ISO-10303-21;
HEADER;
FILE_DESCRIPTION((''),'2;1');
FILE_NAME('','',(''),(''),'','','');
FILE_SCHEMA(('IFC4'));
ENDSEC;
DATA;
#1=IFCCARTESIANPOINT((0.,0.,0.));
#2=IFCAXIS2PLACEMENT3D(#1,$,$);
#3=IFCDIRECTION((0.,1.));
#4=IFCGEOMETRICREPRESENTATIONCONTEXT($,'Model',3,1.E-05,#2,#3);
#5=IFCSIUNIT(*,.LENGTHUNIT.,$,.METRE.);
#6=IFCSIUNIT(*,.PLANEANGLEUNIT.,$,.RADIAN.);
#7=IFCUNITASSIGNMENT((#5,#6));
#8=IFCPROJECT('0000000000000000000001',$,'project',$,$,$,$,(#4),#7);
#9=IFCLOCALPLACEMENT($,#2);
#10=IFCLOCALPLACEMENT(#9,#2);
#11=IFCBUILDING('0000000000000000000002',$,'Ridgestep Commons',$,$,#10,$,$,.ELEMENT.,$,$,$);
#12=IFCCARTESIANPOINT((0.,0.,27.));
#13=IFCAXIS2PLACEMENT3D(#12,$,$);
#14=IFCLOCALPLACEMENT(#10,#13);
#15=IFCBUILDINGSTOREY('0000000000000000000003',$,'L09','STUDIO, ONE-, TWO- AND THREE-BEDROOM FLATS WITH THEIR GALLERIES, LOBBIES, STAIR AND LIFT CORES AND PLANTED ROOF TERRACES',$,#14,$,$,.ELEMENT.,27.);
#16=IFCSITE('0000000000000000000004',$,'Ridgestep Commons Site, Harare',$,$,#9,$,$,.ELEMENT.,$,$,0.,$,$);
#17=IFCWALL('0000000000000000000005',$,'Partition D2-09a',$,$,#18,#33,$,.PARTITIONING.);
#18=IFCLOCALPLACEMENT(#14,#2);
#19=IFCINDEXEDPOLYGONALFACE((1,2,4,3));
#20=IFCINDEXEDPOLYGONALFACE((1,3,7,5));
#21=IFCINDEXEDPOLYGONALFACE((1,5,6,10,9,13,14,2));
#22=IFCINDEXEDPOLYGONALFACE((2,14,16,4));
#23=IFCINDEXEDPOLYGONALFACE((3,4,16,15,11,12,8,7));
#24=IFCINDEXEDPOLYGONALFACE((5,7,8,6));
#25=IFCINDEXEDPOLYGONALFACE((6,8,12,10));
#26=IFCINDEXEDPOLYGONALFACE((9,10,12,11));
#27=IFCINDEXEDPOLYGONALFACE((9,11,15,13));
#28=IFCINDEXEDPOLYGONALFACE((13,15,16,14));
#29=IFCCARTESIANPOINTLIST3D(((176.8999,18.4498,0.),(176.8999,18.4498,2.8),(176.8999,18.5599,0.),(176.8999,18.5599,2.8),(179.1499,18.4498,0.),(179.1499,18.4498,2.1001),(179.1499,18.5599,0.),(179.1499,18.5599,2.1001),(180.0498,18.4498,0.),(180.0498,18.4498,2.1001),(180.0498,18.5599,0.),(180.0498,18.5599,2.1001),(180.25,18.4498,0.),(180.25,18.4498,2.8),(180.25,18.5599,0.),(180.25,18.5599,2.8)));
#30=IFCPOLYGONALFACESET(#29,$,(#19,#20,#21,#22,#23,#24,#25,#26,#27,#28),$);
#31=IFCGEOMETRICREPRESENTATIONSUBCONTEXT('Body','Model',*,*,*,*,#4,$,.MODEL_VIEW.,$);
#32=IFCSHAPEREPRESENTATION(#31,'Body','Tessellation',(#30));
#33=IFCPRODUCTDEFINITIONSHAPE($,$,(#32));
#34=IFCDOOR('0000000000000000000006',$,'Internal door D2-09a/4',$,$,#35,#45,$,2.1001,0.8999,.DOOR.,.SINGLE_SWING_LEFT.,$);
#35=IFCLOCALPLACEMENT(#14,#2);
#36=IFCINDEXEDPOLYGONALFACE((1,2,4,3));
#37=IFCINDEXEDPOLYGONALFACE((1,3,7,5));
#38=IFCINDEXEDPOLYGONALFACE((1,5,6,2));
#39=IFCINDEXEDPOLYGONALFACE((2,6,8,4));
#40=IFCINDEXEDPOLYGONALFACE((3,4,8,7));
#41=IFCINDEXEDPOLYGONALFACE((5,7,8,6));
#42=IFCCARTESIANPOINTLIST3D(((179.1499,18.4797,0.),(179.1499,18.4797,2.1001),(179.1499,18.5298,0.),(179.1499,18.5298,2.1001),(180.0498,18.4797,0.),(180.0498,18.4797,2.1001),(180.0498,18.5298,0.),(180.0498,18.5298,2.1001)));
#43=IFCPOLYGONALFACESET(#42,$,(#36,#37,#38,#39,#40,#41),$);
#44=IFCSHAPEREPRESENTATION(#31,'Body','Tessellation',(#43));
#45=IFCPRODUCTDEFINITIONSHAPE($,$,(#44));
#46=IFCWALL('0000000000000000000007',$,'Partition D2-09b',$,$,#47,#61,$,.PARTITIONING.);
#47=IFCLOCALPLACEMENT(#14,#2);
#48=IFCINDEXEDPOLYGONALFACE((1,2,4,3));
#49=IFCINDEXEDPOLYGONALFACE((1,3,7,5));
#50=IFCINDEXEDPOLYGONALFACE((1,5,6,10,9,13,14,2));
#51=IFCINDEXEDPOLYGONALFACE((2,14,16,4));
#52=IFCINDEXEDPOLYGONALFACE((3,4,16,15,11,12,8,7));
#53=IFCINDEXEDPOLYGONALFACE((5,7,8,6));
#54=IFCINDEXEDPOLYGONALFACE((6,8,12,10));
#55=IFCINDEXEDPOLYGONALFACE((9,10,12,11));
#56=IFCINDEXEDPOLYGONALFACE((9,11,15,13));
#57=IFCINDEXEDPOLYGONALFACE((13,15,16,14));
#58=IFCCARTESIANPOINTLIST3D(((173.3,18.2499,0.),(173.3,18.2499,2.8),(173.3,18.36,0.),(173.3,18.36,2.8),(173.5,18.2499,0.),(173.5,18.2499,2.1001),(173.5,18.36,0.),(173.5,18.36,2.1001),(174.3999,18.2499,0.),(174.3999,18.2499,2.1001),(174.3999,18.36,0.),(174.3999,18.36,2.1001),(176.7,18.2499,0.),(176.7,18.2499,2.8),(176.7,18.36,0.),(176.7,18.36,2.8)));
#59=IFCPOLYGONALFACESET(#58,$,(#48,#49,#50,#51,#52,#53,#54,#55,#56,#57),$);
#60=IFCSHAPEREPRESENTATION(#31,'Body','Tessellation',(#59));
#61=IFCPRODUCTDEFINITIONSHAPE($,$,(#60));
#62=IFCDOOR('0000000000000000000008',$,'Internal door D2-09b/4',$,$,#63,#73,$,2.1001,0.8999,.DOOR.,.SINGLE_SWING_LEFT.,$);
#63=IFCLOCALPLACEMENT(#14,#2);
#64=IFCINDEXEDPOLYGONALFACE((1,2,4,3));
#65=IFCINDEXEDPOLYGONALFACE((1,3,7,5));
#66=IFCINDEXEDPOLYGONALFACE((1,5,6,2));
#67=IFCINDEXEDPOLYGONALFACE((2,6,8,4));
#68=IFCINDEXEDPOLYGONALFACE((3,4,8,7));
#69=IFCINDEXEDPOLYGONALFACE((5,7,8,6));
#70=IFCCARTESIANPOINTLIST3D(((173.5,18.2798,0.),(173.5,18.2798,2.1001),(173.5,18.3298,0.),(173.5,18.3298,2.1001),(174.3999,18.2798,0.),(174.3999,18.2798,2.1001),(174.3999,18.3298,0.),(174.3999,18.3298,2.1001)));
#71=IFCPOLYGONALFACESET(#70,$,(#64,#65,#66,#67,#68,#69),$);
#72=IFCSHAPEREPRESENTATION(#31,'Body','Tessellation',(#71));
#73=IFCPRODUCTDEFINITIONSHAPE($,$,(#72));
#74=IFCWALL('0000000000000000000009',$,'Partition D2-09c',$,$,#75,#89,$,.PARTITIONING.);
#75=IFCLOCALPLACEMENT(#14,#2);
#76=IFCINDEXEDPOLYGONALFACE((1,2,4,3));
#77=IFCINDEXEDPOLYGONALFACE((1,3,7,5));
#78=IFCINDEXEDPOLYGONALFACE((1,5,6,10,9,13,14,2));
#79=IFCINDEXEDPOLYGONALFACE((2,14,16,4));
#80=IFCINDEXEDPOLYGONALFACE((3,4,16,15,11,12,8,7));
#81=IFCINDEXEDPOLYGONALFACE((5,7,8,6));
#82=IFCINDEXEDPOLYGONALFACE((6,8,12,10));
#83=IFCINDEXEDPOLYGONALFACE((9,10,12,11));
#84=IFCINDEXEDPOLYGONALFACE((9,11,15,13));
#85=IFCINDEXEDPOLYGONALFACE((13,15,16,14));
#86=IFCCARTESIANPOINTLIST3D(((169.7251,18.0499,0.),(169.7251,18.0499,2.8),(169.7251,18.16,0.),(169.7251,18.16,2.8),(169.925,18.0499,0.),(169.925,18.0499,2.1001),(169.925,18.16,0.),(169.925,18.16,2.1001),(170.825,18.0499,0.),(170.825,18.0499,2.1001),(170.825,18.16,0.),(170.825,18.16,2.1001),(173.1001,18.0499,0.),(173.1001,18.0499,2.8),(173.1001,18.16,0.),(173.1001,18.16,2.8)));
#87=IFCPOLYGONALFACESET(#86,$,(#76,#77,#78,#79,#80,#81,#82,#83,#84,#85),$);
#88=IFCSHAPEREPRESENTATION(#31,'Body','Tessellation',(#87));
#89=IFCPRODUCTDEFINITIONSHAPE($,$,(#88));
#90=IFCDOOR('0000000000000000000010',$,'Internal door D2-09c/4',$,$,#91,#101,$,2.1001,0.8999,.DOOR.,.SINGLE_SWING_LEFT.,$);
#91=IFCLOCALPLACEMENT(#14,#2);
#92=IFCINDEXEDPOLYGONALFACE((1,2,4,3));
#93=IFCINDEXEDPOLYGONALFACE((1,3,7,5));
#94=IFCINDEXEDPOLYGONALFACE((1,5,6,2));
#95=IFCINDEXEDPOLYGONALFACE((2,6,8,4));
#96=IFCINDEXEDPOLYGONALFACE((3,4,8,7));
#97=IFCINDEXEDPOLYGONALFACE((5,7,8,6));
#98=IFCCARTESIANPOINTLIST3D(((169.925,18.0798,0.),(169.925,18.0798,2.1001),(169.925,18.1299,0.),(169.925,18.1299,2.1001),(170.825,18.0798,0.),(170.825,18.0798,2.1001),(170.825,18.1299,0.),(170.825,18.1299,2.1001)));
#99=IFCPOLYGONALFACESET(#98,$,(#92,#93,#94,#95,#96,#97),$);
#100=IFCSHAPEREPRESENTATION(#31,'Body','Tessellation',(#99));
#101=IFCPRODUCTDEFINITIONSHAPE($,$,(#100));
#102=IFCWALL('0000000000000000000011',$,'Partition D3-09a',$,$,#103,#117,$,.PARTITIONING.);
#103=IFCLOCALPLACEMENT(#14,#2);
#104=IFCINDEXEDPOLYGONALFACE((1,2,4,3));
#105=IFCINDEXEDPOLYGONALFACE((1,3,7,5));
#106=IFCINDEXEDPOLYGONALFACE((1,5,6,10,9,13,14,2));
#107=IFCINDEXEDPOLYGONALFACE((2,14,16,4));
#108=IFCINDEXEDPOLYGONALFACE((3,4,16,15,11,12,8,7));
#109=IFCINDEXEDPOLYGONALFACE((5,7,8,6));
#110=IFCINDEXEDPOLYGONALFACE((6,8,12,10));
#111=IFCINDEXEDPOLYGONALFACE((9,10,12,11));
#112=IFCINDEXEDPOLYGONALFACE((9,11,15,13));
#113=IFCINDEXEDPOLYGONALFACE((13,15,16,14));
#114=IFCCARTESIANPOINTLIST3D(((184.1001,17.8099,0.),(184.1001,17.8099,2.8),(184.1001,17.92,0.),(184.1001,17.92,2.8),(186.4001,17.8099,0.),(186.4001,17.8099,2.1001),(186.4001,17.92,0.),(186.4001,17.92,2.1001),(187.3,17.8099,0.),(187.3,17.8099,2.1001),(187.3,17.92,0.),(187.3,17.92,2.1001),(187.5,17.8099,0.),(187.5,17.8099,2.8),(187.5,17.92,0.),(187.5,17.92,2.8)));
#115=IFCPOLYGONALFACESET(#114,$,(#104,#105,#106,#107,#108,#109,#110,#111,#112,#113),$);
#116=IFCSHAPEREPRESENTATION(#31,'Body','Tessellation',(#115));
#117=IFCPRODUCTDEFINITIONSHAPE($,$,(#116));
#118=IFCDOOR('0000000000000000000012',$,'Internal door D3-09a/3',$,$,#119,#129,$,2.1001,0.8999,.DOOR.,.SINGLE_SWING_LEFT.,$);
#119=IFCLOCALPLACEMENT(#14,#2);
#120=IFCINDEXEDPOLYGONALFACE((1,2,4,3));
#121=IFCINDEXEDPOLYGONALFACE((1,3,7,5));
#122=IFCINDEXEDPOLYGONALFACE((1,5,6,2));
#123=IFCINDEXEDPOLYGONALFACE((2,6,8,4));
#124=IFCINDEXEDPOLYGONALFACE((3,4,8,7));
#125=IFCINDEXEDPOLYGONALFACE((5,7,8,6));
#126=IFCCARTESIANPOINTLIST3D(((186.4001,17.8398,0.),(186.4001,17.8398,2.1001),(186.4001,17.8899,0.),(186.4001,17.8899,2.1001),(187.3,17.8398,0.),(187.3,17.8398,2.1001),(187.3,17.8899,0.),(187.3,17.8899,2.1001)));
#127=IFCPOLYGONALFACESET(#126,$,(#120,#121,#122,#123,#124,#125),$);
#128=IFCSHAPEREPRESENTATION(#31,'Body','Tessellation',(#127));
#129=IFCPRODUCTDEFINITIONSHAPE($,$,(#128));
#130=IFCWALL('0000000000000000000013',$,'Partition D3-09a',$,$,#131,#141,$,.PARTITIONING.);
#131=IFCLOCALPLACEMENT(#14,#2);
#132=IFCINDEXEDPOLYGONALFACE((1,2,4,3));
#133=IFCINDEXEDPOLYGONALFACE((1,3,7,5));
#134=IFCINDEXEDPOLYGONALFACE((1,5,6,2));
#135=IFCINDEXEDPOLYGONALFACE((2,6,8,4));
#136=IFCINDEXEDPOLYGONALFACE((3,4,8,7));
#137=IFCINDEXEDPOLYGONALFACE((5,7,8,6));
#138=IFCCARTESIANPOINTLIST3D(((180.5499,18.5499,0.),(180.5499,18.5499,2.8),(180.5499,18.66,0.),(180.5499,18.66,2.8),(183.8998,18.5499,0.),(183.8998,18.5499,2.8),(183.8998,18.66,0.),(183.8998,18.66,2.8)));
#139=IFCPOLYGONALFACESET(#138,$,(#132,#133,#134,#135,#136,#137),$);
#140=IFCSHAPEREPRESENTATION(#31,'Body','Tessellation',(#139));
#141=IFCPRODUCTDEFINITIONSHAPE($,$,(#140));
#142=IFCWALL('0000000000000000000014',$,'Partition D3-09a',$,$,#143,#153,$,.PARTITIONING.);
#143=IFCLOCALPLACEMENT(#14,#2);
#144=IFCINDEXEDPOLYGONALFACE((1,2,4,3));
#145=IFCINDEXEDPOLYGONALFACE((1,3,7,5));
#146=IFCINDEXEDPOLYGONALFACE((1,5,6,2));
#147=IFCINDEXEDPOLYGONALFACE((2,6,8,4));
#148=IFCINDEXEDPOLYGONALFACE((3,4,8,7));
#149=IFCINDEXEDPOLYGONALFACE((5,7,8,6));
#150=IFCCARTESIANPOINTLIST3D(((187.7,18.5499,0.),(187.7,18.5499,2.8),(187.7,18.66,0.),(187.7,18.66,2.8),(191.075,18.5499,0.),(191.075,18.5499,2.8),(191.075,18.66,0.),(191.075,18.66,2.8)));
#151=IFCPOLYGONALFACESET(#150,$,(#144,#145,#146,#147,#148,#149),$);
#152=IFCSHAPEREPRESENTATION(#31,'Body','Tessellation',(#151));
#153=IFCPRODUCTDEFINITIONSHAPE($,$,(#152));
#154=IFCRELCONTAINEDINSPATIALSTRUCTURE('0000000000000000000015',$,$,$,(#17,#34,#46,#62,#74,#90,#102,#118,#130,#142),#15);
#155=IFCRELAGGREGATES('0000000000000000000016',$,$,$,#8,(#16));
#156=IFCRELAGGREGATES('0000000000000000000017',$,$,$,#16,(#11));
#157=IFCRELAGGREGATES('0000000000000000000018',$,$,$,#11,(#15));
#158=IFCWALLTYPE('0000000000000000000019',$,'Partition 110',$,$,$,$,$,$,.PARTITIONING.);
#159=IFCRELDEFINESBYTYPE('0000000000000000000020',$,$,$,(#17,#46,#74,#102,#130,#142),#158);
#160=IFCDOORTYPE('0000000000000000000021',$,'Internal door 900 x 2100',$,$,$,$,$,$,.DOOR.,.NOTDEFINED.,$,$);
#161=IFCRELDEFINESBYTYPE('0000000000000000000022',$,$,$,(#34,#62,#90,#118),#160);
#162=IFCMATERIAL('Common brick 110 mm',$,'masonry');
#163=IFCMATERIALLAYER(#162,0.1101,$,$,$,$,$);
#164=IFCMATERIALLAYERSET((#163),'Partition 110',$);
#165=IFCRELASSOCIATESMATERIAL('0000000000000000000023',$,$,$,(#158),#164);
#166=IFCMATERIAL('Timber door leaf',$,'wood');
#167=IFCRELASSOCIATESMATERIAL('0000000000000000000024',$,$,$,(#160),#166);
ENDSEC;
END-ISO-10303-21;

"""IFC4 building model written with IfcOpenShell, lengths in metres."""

from ifc_helpers import new_model, si_unit, direction, frame, frame_2d, origin, place, context, subcontext, project, spatial, rectangle, extrude, material, layer, layer_set, type_object, element, fill, save


model = new_model("IFC4")

# Units and contexts
model_context = context("Model", 3, precision=1e-05, world=origin(), true_north=direction((0.0, 1.0)))
body_context = subcontext(model_context, "Body", "Model", "MODEL_VIEW")
ifc_project = project(units=[si_unit("LENGTHUNIT", "METRE"), si_unit("PLANEANGLEUNIT", "RADIAN")], contexts=[model_context])

# Site, building, storey
site_placement = place(None, origin())
site = spatial("IfcSite", under=ifc_project, at=site_placement, Name="Ridgestep Commons Site, Harare", CompositionType="ELEMENT", RefElevation=0.0)
building_placement = place(site_placement, origin())
building = spatial("IfcBuilding", under=site, at=building_placement, Name="Ridgestep Commons", CompositionType="ELEMENT")
storey_placement = place(building_placement, frame((0.0, 0.0, 27.0)))
storey = spatial("IfcBuildingStorey", under=building, at=storey_placement, Name="L09", Description="STUDIO, ONE-, TWO- AND THREE-BEDROOM FLATS WITH THEIR GALLERIES, LOBBIES, STAIR AND LIFT CORES AND PLANTED ROOF TERRACES", CompositionType="ELEMENT", Elevation=27.0)

# Walls, openings, doors
ifc_material_1 = material(Name="Common brick 110 mm", Category="masonry")
ifc_layer_1 = layer(ifc_material_1, 0.1101)
ifc_layer_set_1 = layer_set([ifc_layer_1], Name="Partition 110")
wall_type_1 = type_object("IfcWallType", Name="Partition 110", PredefinedType="PARTITIONING", material=ifc_layer_set_1)
wall_1_placement = place(storey_placement, frame((176.8999, 18.5049, 0.0), z_axis=(0.0, 0.0, 1.0), x_axis=(1.0, 0.0, 0.0)))
wall_1 = element("IfcWall", 1, at=wall_1_placement, inside=storey, type_object=wall_type_1, Name="Partition D2-09a", PredefinedType="PARTITIONING", context=body_context, shape_type="SweptSolid", body=[
    extrude(rectangle(XDim=3.3501, YDim=0.1101, at=frame_2d((1.675, 0.0))), origin(), (0.0, 0.0, 1.0), 2.8),
])
opening_1_placement = place(wall_1_placement, frame((2.25, 0.0, 0.0)))
opening_1 = element("IfcOpeningElement", 2, at=opening_1_placement, cuts=wall_1, PredefinedType="OPENING", context=body_context, shape_type="SweptSolid", body=[
    extrude(rectangle(XDim=0.8999, YDim=2.1001, at=frame_2d((0.45, 1.05))), frame((0.0, 0.0649, 0.0), z_axis=(0.0, -1.0, 0.0), x_axis=(1.0, 0.0, 0.0)), (0.0, 0.0, 1.0), 0.1301),
])
ifc_material_2 = material(Name="Timber door leaf", Category="wood")
door_type_1 = type_object("IfcDoorType", Name="Internal door 900 x 2100", OperationType="NOTDEFINED", PredefinedType="DOOR", material=ifc_material_2)
door_1_placement = place(opening_1_placement, origin())
door_1 = element("IfcDoor", 3, at=door_1_placement, inside=storey, type_object=door_type_1, Name="Internal door D2-09a/4", OperationType="SINGLE_SWING_LEFT", OverallHeight=2.1001, OverallWidth=0.8999, PredefinedType="DOOR", context=body_context, shape_type="SweptSolid", body=[
    extrude(rectangle(XDim=0.8999, YDim=2.1001, at=frame_2d((0.45, 1.05))), frame((0.0, 0.0249, 0.0), z_axis=(0.0, -1.0, 0.0), x_axis=(1.0, 0.0, 0.0)), (0.0, 0.0, 1.0), 0.05),
])
fill(opening_1, door_1)
wall_2_placement = place(storey_placement, frame((173.3, 18.3049, 0.0), z_axis=(0.0, 0.0, 1.0), x_axis=(1.0, 0.0, 0.0)))
wall_2 = element("IfcWall", 4, at=wall_2_placement, inside=storey, type_object=wall_type_1, Name="Partition D2-09b", PredefinedType="PARTITIONING", context=body_context, shape_type="SweptSolid", body=[
    extrude(rectangle(XDim=3.3999, YDim=0.1101, at=frame_2d((1.7, 0.0))), origin(), (0.0, 0.0, 1.0), 2.8),
])
opening_2_placement = place(wall_2_placement, frame((0.2, 0.0, 0.0)))
opening_2 = element("IfcOpeningElement", 5, at=opening_2_placement, cuts=wall_2, PredefinedType="OPENING", context=body_context, shape_type="SweptSolid", body=[
    extrude(rectangle(XDim=0.8999, YDim=2.1001, at=frame_2d((0.45, 1.05))), frame((0.0, 0.0649, 0.0), z_axis=(0.0, -1.0, 0.0), x_axis=(1.0, 0.0, 0.0)), (0.0, 0.0, 1.0), 0.1301),
])
door_2_placement = place(opening_2_placement, origin())
door_2 = element("IfcDoor", 6, at=door_2_placement, inside=storey, type_object=door_type_1, Name="Internal door D2-09b/4", OperationType="SINGLE_SWING_LEFT", OverallHeight=2.1001, OverallWidth=0.8999, PredefinedType="DOOR", context=body_context, shape_type="SweptSolid", body=[
    extrude(rectangle(XDim=0.8999, YDim=2.1001, at=frame_2d((0.45, 1.05))), frame((0.0, 0.0249, 0.0), z_axis=(0.0, -1.0, 0.0), x_axis=(1.0, 0.0, 0.0)), (0.0, 0.0, 1.0), 0.05),
])
fill(opening_2, door_2)
wall_3_placement = place(storey_placement, frame((169.7251, 18.105, 0.0), z_axis=(0.0, 0.0, 1.0), x_axis=(1.0, 0.0, 0.0)))
wall_3 = element("IfcWall", 7, at=wall_3_placement, inside=storey, type_object=wall_type_1, Name="Partition D2-09c", PredefinedType="PARTITIONING", context=body_context, shape_type="SweptSolid", body=[
    extrude(rectangle(XDim=3.375, YDim=0.1101, at=frame_2d((1.6875, 0.0))), origin(), (0.0, 0.0, 1.0), 2.8),
])
opening_3_placement = place(wall_3_placement, frame((0.2, 0.0, 0.0)))
opening_3 = element("IfcOpeningElement", 8, at=opening_3_placement, cuts=wall_3, PredefinedType="OPENING", context=body_context, shape_type="SweptSolid", body=[
    extrude(rectangle(XDim=0.8999, YDim=2.1001, at=frame_2d((0.45, 1.05))), frame((0.0, 0.0649, 0.0), z_axis=(0.0, -1.0, 0.0), x_axis=(1.0, 0.0, 0.0)), (0.0, 0.0, 1.0), 0.1301),
])
door_3_placement = place(opening_3_placement, origin())
door_3 = element("IfcDoor", 9, at=door_3_placement, inside=storey, type_object=door_type_1, Name="Internal door D2-09c/4", OperationType="SINGLE_SWING_LEFT", OverallHeight=2.1001, OverallWidth=0.8999, PredefinedType="DOOR", context=body_context, shape_type="SweptSolid", body=[
    extrude(rectangle(XDim=0.8999, YDim=2.1001, at=frame_2d((0.45, 1.05))), frame((0.0, 0.0249, 0.0), z_axis=(0.0, -1.0, 0.0), x_axis=(1.0, 0.0, 0.0)), (0.0, 0.0, 1.0), 0.05),
])
fill(opening_3, door_3)
wall_4_placement = place(storey_placement, frame((184.1001, 17.865, 0.0), z_axis=(0.0, 0.0, 1.0), x_axis=(1.0, 0.0, 0.0)))
wall_4 = element("IfcWall", 10, at=wall_4_placement, inside=storey, type_object=wall_type_1, Name="Partition D3-09a", PredefinedType="PARTITIONING", context=body_context, shape_type="SweptSolid", body=[
    extrude(rectangle(XDim=3.3999, YDim=0.1101, at=frame_2d((1.7, 0.0))), origin(), (0.0, 0.0, 1.0), 2.8),
])
opening_4_placement = place(wall_4_placement, frame((2.3, 0.0, 0.0)))
opening_4 = element("IfcOpeningElement", 11, at=opening_4_placement, cuts=wall_4, PredefinedType="OPENING", context=body_context, shape_type="SweptSolid", body=[
    extrude(rectangle(XDim=0.8999, YDim=2.1001, at=frame_2d((0.45, 1.05))), frame((0.0, 0.0649, 0.0), z_axis=(0.0, -1.0, 0.0), x_axis=(1.0, 0.0, 0.0)), (0.0, 0.0, 1.0), 0.1301),
])
door_4_placement = place(opening_4_placement, origin())
door_4 = element("IfcDoor", 12, at=door_4_placement, inside=storey, type_object=door_type_1, Name="Internal door D3-09a/3", OperationType="SINGLE_SWING_LEFT", OverallHeight=2.1001, OverallWidth=0.8999, PredefinedType="DOOR", context=body_context, shape_type="SweptSolid", body=[
    extrude(rectangle(XDim=0.8999, YDim=2.1001, at=frame_2d((0.45, 1.05))), frame((0.0, 0.0249, 0.0), z_axis=(0.0, -1.0, 0.0), x_axis=(1.0, 0.0, 0.0)), (0.0, 0.0, 1.0), 0.05),
])
fill(opening_4, door_4)

# Walls
wall_5_placement = place(storey_placement, frame((180.55, 18.605, 0.0), z_axis=(0.0, 0.0, 1.0), x_axis=(1.0, 0.0, 0.0)))
element("IfcWall", 13, at=wall_5_placement, inside=storey, type_object=wall_type_1, Name="Partition D3-09a", PredefinedType="PARTITIONING", context=body_context, shape_type="SweptSolid", body=[
    extrude(rectangle(XDim=3.3499, YDim=0.1101, at=frame_2d((1.6748, 0.0))), origin(), (0.0, 0.0, 1.0), 2.8),
])
wall_6_placement = place(storey_placement, frame((187.7, 18.605, 0.0), z_axis=(0.0, 0.0, 1.0), x_axis=(1.0, 0.0, 0.0)))
element("IfcWall", 14, at=wall_6_placement, inside=storey, type_object=wall_type_1, Name="Partition D3-09a", PredefinedType="PARTITIONING", context=body_context, shape_type="SweptSolid", body=[
    extrude(rectangle(XDim=3.375, YDim=0.1101, at=frame_2d((1.6875, 0.0))), origin(), (0.0, 0.0, 1.0), 2.8),
])

save(model, "model.ifc")
